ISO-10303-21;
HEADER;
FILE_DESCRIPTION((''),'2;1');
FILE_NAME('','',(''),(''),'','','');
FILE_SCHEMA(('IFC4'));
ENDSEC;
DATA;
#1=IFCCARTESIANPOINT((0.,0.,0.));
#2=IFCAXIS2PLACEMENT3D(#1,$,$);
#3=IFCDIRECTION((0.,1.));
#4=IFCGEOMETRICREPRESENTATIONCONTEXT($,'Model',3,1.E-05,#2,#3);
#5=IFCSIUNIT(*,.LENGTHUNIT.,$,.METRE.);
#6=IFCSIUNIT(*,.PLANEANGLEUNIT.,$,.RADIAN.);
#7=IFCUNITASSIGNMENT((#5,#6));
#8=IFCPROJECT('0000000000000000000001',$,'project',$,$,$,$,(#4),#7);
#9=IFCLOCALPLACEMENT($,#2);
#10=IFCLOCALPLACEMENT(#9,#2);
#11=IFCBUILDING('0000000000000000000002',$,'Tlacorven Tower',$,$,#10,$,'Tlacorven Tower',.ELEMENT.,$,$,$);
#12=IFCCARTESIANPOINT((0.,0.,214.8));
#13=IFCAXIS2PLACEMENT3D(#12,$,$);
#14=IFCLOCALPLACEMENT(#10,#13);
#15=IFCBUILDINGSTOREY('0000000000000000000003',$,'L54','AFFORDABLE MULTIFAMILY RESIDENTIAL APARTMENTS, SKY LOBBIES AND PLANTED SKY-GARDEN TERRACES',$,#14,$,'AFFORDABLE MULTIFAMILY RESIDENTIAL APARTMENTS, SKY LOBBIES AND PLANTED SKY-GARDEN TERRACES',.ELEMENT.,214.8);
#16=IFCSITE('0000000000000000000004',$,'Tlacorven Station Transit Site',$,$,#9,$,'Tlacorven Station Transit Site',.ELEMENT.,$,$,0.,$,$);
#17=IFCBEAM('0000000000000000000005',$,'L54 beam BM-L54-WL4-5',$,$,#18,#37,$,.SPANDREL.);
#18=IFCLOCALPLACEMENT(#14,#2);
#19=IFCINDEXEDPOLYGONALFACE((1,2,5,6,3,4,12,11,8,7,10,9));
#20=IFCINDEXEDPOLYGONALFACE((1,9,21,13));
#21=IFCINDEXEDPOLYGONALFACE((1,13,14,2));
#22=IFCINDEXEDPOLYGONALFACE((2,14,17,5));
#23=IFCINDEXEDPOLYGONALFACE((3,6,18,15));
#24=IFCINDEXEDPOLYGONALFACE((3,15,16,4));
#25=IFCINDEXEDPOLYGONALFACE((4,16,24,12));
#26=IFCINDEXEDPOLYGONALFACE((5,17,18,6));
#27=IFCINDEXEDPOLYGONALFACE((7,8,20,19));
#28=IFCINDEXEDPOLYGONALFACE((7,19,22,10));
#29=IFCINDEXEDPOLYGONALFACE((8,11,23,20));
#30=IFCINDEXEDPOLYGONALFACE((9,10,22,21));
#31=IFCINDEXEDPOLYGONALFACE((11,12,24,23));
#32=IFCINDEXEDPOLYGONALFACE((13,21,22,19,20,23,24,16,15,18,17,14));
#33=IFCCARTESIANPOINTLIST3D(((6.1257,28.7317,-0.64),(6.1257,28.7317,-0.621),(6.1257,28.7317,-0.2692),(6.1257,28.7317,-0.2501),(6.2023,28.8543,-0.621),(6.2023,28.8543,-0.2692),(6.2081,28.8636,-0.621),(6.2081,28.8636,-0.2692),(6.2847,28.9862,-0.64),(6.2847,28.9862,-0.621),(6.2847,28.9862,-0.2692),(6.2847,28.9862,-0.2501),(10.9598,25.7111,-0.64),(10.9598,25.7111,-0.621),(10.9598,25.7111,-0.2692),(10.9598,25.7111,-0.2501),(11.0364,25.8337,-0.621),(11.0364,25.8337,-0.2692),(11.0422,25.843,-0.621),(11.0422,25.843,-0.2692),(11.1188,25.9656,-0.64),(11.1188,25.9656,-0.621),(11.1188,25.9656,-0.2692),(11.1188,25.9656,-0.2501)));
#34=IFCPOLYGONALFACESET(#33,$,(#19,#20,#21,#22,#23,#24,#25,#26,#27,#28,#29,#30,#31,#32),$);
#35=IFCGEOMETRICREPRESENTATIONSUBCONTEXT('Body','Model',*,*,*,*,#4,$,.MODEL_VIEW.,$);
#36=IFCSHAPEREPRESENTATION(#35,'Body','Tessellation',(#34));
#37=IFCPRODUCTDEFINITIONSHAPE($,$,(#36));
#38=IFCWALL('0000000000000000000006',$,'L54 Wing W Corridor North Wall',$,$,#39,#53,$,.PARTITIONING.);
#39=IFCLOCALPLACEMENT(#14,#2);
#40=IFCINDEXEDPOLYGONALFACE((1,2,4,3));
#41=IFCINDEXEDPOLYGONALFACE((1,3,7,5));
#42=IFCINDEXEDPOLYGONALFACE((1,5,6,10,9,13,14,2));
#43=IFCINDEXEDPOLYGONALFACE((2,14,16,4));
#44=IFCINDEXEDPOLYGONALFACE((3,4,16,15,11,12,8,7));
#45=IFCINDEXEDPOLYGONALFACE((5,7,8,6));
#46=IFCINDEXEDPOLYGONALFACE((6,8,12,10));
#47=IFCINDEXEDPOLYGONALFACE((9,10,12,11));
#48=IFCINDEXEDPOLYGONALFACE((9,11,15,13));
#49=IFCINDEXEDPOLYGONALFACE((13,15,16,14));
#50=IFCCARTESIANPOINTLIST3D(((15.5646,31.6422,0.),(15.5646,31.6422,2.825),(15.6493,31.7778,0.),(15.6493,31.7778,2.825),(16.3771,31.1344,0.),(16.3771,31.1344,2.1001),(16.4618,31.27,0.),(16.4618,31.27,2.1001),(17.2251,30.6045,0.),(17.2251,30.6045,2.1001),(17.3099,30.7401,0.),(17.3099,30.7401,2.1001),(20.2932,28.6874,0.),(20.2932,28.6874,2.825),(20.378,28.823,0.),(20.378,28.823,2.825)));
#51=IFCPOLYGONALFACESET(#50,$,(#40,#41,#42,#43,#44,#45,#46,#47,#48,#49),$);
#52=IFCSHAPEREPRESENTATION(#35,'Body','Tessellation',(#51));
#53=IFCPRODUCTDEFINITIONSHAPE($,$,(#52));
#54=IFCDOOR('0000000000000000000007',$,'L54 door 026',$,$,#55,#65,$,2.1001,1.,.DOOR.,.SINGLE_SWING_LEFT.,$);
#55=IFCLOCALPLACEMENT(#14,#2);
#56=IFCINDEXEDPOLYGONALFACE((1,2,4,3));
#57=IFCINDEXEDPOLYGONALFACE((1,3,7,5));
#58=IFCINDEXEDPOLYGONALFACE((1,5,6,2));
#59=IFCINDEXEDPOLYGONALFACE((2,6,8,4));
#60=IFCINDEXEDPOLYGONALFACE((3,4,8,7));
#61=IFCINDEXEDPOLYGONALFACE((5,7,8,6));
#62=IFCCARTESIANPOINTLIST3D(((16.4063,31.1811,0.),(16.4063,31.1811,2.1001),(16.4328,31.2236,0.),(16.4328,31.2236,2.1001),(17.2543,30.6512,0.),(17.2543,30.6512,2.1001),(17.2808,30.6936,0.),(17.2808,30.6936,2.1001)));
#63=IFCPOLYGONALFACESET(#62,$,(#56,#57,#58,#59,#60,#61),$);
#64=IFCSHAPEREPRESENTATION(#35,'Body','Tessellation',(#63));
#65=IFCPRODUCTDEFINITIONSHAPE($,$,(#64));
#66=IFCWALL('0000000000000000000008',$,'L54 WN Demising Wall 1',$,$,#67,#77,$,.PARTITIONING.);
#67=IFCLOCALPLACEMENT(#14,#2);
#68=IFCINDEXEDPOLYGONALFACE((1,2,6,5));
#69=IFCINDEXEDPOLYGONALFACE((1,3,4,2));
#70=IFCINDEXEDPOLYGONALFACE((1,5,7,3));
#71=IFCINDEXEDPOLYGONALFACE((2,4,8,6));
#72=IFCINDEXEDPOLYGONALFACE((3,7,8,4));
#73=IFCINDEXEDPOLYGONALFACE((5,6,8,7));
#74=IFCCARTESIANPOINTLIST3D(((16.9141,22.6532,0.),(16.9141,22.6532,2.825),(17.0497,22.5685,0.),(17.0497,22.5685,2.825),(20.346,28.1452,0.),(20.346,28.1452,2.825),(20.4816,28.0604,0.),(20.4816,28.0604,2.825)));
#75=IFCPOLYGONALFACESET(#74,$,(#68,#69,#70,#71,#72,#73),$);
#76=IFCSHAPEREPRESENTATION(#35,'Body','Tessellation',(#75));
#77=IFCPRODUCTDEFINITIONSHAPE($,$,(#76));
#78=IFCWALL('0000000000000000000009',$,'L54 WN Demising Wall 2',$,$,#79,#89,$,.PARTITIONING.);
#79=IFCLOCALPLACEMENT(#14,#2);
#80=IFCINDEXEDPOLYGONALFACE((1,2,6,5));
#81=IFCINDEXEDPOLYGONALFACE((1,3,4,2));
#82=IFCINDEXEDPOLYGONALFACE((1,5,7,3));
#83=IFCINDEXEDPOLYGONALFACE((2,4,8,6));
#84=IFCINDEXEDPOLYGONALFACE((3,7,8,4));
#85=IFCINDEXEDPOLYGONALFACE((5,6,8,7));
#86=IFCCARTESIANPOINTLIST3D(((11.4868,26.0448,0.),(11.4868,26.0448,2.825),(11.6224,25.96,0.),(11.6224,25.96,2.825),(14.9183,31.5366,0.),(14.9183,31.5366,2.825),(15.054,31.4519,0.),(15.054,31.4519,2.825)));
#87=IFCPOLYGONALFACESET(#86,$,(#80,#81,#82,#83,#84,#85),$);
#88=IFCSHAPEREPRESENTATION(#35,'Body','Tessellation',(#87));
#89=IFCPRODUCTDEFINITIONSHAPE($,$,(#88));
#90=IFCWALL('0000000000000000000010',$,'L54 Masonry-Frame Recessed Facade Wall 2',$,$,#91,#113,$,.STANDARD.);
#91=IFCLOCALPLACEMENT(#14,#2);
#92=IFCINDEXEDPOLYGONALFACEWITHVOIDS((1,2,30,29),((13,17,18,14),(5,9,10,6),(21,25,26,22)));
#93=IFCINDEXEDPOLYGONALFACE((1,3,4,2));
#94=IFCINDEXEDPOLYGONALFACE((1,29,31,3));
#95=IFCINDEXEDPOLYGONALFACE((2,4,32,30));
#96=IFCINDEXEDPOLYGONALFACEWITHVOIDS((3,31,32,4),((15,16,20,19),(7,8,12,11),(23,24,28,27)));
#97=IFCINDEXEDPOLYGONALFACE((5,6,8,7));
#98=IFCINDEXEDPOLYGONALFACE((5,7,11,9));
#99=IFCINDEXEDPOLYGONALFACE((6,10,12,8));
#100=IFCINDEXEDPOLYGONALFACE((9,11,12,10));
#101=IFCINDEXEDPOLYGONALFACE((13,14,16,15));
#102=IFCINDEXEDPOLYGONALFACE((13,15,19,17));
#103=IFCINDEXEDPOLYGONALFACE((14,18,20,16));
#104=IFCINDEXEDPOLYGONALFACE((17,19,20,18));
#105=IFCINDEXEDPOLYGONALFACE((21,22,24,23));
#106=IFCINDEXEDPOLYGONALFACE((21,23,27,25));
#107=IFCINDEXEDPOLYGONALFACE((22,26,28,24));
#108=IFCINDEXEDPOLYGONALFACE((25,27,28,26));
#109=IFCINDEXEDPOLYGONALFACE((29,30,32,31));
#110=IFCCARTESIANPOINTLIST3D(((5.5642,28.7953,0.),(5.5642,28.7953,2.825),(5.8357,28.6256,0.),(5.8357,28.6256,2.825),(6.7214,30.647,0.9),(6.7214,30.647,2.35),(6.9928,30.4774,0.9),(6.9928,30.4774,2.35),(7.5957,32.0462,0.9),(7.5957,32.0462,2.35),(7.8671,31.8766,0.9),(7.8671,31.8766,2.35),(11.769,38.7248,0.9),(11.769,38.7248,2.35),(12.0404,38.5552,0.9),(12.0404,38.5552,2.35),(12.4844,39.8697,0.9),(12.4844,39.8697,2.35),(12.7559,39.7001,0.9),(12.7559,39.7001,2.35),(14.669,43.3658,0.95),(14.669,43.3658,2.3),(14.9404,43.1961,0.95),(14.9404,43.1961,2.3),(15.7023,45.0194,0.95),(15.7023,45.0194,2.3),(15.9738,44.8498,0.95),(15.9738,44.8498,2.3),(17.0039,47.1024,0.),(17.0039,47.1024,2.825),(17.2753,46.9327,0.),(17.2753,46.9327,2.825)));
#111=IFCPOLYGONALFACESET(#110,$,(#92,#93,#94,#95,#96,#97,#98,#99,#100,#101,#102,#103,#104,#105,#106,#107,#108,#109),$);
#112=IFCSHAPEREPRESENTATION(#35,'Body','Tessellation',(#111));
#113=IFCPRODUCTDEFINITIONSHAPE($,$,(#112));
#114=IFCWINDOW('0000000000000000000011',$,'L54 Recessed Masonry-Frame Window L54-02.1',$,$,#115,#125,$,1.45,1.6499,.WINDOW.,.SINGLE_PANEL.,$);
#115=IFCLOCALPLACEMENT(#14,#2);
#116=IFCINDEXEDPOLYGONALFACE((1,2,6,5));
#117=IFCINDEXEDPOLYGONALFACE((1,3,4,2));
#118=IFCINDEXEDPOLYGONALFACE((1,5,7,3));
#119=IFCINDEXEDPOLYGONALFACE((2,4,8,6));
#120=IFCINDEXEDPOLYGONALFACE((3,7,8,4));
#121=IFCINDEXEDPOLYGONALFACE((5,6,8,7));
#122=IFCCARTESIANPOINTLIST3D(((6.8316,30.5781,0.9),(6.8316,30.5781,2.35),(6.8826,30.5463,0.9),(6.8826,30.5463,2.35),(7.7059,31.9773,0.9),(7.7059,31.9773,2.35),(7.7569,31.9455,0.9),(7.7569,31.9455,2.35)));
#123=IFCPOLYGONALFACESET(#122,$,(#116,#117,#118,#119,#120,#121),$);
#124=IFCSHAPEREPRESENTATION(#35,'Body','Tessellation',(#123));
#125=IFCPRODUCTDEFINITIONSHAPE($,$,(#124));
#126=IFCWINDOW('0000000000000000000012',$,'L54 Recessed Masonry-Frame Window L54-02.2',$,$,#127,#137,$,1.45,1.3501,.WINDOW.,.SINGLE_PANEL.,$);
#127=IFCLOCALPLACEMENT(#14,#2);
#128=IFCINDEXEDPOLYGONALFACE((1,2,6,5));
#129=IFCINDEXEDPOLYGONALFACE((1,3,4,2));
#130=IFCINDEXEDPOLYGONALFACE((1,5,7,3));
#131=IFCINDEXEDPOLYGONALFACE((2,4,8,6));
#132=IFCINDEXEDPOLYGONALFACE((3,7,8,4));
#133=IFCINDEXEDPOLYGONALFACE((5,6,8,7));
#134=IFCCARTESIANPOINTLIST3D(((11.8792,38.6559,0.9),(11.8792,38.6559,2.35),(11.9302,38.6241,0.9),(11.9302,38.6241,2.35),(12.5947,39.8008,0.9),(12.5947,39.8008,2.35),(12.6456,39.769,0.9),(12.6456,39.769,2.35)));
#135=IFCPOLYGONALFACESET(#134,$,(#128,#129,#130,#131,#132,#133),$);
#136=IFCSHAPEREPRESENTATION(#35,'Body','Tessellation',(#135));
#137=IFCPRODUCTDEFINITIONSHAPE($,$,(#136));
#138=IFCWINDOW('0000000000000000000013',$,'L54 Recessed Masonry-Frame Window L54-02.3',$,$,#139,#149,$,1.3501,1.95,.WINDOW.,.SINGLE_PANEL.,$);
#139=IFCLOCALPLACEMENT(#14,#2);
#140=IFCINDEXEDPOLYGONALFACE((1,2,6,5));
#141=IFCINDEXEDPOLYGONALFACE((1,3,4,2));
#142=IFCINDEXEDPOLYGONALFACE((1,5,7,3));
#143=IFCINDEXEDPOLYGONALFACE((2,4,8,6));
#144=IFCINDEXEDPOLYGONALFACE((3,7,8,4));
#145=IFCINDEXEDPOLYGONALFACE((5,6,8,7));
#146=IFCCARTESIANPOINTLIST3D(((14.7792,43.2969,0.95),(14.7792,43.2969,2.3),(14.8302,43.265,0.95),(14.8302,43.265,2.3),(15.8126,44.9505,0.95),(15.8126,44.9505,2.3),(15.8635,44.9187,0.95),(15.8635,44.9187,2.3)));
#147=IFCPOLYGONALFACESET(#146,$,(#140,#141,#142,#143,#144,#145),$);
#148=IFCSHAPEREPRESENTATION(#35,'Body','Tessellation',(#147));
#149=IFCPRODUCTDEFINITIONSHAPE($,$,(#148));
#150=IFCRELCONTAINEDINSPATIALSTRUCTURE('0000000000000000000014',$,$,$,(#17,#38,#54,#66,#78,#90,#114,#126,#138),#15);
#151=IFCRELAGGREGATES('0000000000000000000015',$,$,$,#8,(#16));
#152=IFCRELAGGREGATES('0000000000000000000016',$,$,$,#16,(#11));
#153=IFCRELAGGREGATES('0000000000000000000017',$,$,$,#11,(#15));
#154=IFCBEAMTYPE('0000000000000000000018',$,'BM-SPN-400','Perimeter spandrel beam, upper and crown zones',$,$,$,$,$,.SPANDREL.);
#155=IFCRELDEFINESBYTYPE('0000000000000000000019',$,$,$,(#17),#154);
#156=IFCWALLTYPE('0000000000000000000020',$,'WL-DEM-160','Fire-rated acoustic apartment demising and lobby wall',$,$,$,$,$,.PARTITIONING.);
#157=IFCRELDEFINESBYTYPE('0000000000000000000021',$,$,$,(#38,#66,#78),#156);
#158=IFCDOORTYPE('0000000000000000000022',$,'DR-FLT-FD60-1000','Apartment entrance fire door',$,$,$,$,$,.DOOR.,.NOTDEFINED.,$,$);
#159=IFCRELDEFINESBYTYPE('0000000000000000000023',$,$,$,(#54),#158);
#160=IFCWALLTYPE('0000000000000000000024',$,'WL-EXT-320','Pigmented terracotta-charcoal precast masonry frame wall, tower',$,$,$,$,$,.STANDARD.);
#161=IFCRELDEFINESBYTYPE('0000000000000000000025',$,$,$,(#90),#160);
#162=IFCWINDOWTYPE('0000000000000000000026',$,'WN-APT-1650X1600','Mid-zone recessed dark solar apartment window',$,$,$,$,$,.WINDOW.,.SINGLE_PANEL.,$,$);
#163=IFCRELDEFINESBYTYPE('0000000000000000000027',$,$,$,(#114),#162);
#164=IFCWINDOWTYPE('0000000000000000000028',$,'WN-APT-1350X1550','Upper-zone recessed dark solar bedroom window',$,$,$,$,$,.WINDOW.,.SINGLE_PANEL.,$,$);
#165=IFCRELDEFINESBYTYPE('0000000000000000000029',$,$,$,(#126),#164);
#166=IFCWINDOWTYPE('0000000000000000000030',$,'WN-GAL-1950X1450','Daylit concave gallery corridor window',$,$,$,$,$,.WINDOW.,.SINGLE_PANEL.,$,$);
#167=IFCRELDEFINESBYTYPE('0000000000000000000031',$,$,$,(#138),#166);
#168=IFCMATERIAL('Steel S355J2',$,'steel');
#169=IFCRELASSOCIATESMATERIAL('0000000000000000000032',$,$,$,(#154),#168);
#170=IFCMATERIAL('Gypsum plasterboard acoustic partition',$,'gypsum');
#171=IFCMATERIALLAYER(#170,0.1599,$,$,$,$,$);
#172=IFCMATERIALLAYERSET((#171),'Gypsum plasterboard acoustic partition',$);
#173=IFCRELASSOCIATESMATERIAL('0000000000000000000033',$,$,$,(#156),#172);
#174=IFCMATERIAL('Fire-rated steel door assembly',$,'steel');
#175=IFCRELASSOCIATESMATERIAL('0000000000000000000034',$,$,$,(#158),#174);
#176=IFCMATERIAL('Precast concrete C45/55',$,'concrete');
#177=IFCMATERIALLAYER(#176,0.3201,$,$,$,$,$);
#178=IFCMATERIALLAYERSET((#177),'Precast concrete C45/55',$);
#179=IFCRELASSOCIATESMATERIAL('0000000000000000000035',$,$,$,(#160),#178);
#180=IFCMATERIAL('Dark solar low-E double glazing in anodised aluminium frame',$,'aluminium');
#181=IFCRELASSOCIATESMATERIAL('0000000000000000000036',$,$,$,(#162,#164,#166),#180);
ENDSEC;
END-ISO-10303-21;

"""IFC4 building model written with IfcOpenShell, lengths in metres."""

from ifc_helpers import new_model, si_unit, direction, frame, frame_2d, origin, origin_2d, place, context, subcontext, project, spatial, rectangle, i_section, extrude, source, transform, mapped, material, layer, layer_set, material_profile, profile_set, type_object, element, fill, save


model = new_model("IFC4")

# Units and contexts
model_context = context("Model", 3, precision=1e-05, world=origin(), true_north=direction((0.0, 1.0)))
body_context = subcontext(model_context, "Body", "Model", "MODEL_VIEW")
ifc_project = project(units=[si_unit("LENGTHUNIT", "METRE"), si_unit("PLANEANGLEUNIT", "RADIAN")], contexts=[model_context])

# Site, building, storey
site_placement = place(None, origin())
site = spatial("IfcSite", under=ifc_project, at=site_placement, Name="Tlacorven Station Transit Site", LongName="Tlacorven Station Transit Site", CompositionType="ELEMENT", RefElevation=0.0)
building_placement = place(site_placement, origin())
building = spatial("IfcBuilding", under=site, at=building_placement, Name="Tlacorven Tower", LongName="Tlacorven Tower", CompositionType="ELEMENT")
storey_placement = place(building_placement, frame((0.0, 0.0, 214.8)))
storey = spatial("IfcBuildingStorey", under=building, at=storey_placement, Name="L54", Description="AFFORDABLE MULTIFAMILY RESIDENTIAL APARTMENTS, SKY LOBBIES AND PLANTED SKY-GARDEN TERRACES", LongName="AFFORDABLE MULTIFAMILY RESIDENTIAL APARTMENTS, SKY LOBBIES AND PLANTED SKY-GARDEN TERRACES", CompositionType="ELEMENT", Elevation=214.8)

# Beam
ifc_material_1 = material(Name="Steel S355J2", Category="steel")
ifc_material_profile_1 = material_profile(ifc_material_1, i_section(OverallWidth=0.3, OverallDepth=0.3899, WebThickness=0.011, FlangeThickness=0.019, at=origin_2d()), Name="HEA 400")
ifc_profile_set_1 = profile_set([ifc_material_profile_1], Name="Steel S355J2")
beam_type_1 = type_object("IfcBeamType", Name="BM-SPN-400", Description="Perimeter spandrel beam, upper and crown zones", PredefinedType="SPANDREL", material=ifc_profile_set_1)
shared_shape_1 = source(origin(), body_context, "Body", "SweptSolid", [
    extrude(i_section(OverallWidth=0.3, OverallDepth=0.3899, WebThickness=0.011, FlangeThickness=0.019, at=origin_2d()), origin(), (0.0, 0.0, 1.0), 5.7002),
])
beam_placement = place(storey_placement, frame((11.0393, 25.8384, -0.4451), z_axis=(-0.848056, 0.529907, 0.0), x_axis=(-0.529907, -0.848056, 0.0)))
element("IfcBeam", 1, at=beam_placement, inside=storey, type_object=beam_type_1, Name="L54 beam BM-L54-WL4-5", PredefinedType="SPANDREL", context=body_context, shape_type="MappedRepresentation", body=[
    mapped(shared_shape_1, transform((0.0, 0.0, 0.0), scale=1.0)),
])

# Wall, opening, door
ifc_material_2 = material(Name="Gypsum plasterboard acoustic partition", Category="gypsum")
ifc_layer_1 = layer(ifc_material_2, 0.1599)
ifc_layer_set_1 = layer_set([ifc_layer_1], Name="Gypsum plasterboard acoustic partition")
wall_type_1 = type_object("IfcWallType", Name="WL-DEM-160", Description="Fire-rated acoustic apartment demising and lobby wall", PredefinedType="PARTITIONING", material=ifc_layer_set_1)
wall_1_placement = place(storey_placement, frame((20.3357, 28.7551, 0.0), z_axis=(0.0, 0.0, 1.0), x_axis=(-0.84805, 0.529916, 0.0)))
wall_1 = element("IfcWall", 2, at=wall_1_placement, inside=storey, type_object=wall_type_1, Name="L54 Wing W Corridor North Wall", PredefinedType="PARTITIONING", context=body_context, shape_type="SweptSolid", body=[
    extrude(rectangle(XDim=5.5759, YDim=0.1599, at=frame_2d((2.7881, 0.0))), origin(), (0.0, 0.0, 1.0), 2.825),
])
opening_1_placement = place(wall_1_placement, frame((3.6179, 0.0, 0.0)))
opening_1 = element("IfcOpeningElement", 3, at=opening_1_placement, cuts=wall_1, PredefinedType="OPENING", context=body_context, shape_type="SweptSolid", body=[
    extrude(rectangle(XDim=1.0, YDim=2.1001, at=frame_2d((0.5, 1.05))), frame((0.0, 0.0898, 0.0), z_axis=(0.0, -1.0, 0.0), x_axis=(1.0, 0.0, 0.0)), (0.0, 0.0, 1.0), 0.1799),
])
ifc_material_3 = material(Name="Fire-rated steel door assembly", Category="steel")
door_type_1 = type_object("IfcDoorType", Name="DR-FLT-FD60-1000", Description="Apartment entrance fire door", OperationType="NOTDEFINED", PredefinedType="DOOR", material=ifc_material_3)
shared_shape_2 = source(origin(), body_context, "Body", "SweptSolid", [
    extrude(rectangle(XDim=1.0, YDim=2.1001, at=frame_2d((0.5, 1.05))), frame((0.0, 0.0249, 0.0), z_axis=(0.0, -1.0, 0.0), x_axis=(1.0, 0.0, 0.0)), (0.0, 0.0, 1.0), 0.05),
])
door_1_placement = place(opening_1_placement, origin())
door_1 = element("IfcDoor", 4, at=door_1_placement, inside=storey, type_object=door_type_1, Name="L54 door 026", OperationType="SINGLE_SWING_LEFT", OverallHeight=2.1001, OverallWidth=1.0, PredefinedType="DOOR", context=body_context, shape_type="MappedRepresentation", body=[
    mapped(shared_shape_2, transform((0.0, 0.0, 0.0), scale=1.0)),
])
fill(opening_1, door_1)

# Walls
wall_2_placement = place(storey_placement, frame((20.4138, 28.1028, 0.0), z_axis=(0.0, 0.0, 1.0), x_axis=(-0.529935, -0.848039, 0.0)))
element("IfcWall", 5, at=wall_2_placement, inside=storey, type_object=wall_type_1, Name="L54 WN Demising Wall 1", PredefinedType="PARTITIONING", context=body_context, shape_type="SweptSolid", body=[
    extrude(rectangle(XDim=6.4761, YDim=0.1599, at=frame_2d((3.238, 0.0))), origin(), (0.0, 0.0, 1.0), 2.825),
])
wall_3_placement = place(storey_placement, frame((14.9861, 31.4941, 0.0), z_axis=(0.0, 0.0, 1.0), x_axis=(-0.529907, -0.848055, 0.0)))
element("IfcWall", 6, at=wall_3_placement, inside=storey, type_object=wall_type_1, Name="L54 WN Demising Wall 2", PredefinedType="PARTITIONING", context=body_context, shape_type="SweptSolid", body=[
    extrude(rectangle(XDim=6.4758, YDim=0.1599, at=frame_2d((3.2378, 0.0))), origin(), (0.0, 0.0, 1.0), 2.825),
])

# Wall, openings, windows
ifc_material_4 = material(Name="Precast concrete C45/55", Category="concrete")
ifc_layer_2 = layer(ifc_material_4, 0.3201)
ifc_layer_set_2 = layer_set([ifc_layer_2], Name="Precast concrete C45/55")
wall_type_2 = type_object("IfcWallType", Name="WL-EXT-320", Description="Pigmented terracotta-charcoal precast masonry frame wall, tower", PredefinedType="STANDARD", material=ifc_layer_set_2)
wall_4_placement = place(storey_placement, frame((5.7, 28.7104, 0.0), z_axis=(0.0, 0.0, 1.0), x_axis=(0.529924, 0.848045, 0.0)))
wall_4 = element("IfcWall", 7, at=wall_4_placement, inside=storey, type_object=wall_type_2, Name="L54 Masonry-Frame Recessed Facade Wall 2", PredefinedType="STANDARD", context=body_context, shape_type="SweptSolid", body=[
    extrude(rectangle(XDim=21.5874, YDim=0.3201, at=frame_2d((10.7937, 0.0))), origin(), (0.0, 0.0, 1.0), 2.825),
])
opening_2_placement = place(wall_4_placement, frame((2.1836, 0.0, 0.8999)))
opening_2 = element("IfcOpeningElement", 8, at=opening_2_placement, cuts=wall_4, PredefinedType="OPENING", context=body_context, shape_type="SweptSolid", body=[
    extrude(rectangle(XDim=1.6499, YDim=1.45, at=frame_2d((0.825, 0.7251))), frame((0.0, 0.1699, 0.0), z_axis=(0.0, -1.0, 0.0), x_axis=(1.0, 0.0, 0.0)), (0.0, 0.0, 1.0), 0.3401),
])
opening_3_placement = place(wall_4_placement, frame((11.7087, 0.0, 0.8999)))
opening_3 = element("IfcOpeningElement", 9, at=opening_3_placement, cuts=wall_4, PredefinedType="OPENING", context=body_context, shape_type="SweptSolid", body=[
    extrude(rectangle(XDim=1.3501, YDim=1.45, at=frame_2d((0.675, 0.7251))), frame((0.0, 0.1699, 0.0), z_axis=(0.0, -1.0, 0.0), x_axis=(1.0, 0.0, 0.0)), (0.0, 0.0, 1.0), 0.3401),
])
opening_4_placement = place(wall_4_placement, frame((17.1812, 0.0, 0.95)))
opening_4 = element("IfcOpeningElement", 10, at=opening_4_placement, cuts=wall_4, PredefinedType="OPENING", context=body_context, shape_type="SweptSolid", body=[
    extrude(rectangle(XDim=1.95, YDim=1.3501, at=frame_2d((0.9751, 0.675))), frame((0.0, 0.1699, 0.0), z_axis=(0.0, -1.0, 0.0), x_axis=(1.0, 0.0, 0.0)), (0.0, 0.0, 1.0), 0.3401),
])
ifc_material_5 = material(Name="Dark solar low-E double glazing in anodised aluminium frame", Category="aluminium")
window_type_1 = type_object("IfcWindowType", Name="WN-APT-1650X1600", Description="Mid-zone recessed dark solar apartment window", PartitioningType="SINGLE_PANEL", PredefinedType="WINDOW", material=ifc_material_5)
shared_shape_3 = source(origin(), body_context, "Body", "SweptSolid", [
    extrude(rectangle(XDim=1.6499, YDim=1.45, at=frame_2d((0.825, 0.7251))), frame((0.0, 0.03, 0.0), z_axis=(0.0, -1.0, 0.0), x_axis=(1.0, 0.0, 0.0)), (0.0, 0.0, 1.0), 0.0601),
])
window_1_placement = place(opening_2_placement, origin())
window_1 = element("IfcWindow", 11, at=window_1_placement, inside=storey, type_object=window_type_1, Name="L54 Recessed Masonry-Frame Window L54-02.1", OverallHeight=1.45, OverallWidth=1.6499, PartitioningType="SINGLE_PANEL", PredefinedType="WINDOW", context=body_context, shape_type="MappedRepresentation", body=[
    mapped(shared_shape_3, transform((0.0, 0.0, 0.0), scale=1.0)),
])
fill(opening_2, window_1)
window_type_2 = type_object("IfcWindowType", Name="WN-APT-1350X1550", Description="Upper-zone recessed dark solar bedroom window", PartitioningType="SINGLE_PANEL", PredefinedType="WINDOW", material=ifc_material_5)
shared_shape_4 = source(origin(), body_context, "Body", "SweptSolid", [
    extrude(rectangle(XDim=1.3501, YDim=1.45, at=frame_2d((0.675, 0.7251))), frame((0.0, 0.03, 0.0), z_axis=(0.0, -1.0, 0.0), x_axis=(1.0, 0.0, 0.0)), (0.0, 0.0, 1.0), 0.0601),
])
window_2_placement = place(opening_3_placement, origin())
window_2 = element("IfcWindow", 12, at=window_2_placement, inside=storey, type_object=window_type_2, Name="L54 Recessed Masonry-Frame Window L54-02.2", OverallHeight=1.45, OverallWidth=1.3501, PartitioningType="SINGLE_PANEL", PredefinedType="WINDOW", context=body_context, shape_type="MappedRepresentation", body=[
    mapped(shared_shape_4, transform((0.0, 0.0, 0.0), scale=1.0)),
])
fill(opening_3, window_2)
window_type_3 = type_object("IfcWindowType", Name="WN-GAL-1950X1450", Description="Daylit concave gallery corridor window", PartitioningType="SINGLE_PANEL", PredefinedType="WINDOW", material=ifc_material_5)
shared_shape_5 = source(origin(), body_context, "Body", "SweptSolid", [
    extrude(rectangle(XDim=1.95, YDim=1.3501, at=frame_2d((0.9751, 0.675))), frame((0.0, 0.03, 0.0), z_axis=(0.0, -1.0, 0.0), x_axis=(1.0, 0.0, 0.0)), (0.0, 0.0, 1.0), 0.0601),
])
window_3_placement = place(opening_4_placement, origin())
window_3 = element("IfcWindow", 13, at=window_3_placement, inside=storey, type_object=window_type_3, Name="L54 Recessed Masonry-Frame Window L54-02.3", OverallHeight=1.3501, OverallWidth=1.95, PartitioningType="SINGLE_PANEL", PredefinedType="WINDOW", context=body_context, shape_type="MappedRepresentation", body=[
    mapped(shared_shape_5, transform((0.0, 0.0, 0.0), scale=1.0)),
])
fill(opening_4, window_3)

save(model, "model.ifc")
